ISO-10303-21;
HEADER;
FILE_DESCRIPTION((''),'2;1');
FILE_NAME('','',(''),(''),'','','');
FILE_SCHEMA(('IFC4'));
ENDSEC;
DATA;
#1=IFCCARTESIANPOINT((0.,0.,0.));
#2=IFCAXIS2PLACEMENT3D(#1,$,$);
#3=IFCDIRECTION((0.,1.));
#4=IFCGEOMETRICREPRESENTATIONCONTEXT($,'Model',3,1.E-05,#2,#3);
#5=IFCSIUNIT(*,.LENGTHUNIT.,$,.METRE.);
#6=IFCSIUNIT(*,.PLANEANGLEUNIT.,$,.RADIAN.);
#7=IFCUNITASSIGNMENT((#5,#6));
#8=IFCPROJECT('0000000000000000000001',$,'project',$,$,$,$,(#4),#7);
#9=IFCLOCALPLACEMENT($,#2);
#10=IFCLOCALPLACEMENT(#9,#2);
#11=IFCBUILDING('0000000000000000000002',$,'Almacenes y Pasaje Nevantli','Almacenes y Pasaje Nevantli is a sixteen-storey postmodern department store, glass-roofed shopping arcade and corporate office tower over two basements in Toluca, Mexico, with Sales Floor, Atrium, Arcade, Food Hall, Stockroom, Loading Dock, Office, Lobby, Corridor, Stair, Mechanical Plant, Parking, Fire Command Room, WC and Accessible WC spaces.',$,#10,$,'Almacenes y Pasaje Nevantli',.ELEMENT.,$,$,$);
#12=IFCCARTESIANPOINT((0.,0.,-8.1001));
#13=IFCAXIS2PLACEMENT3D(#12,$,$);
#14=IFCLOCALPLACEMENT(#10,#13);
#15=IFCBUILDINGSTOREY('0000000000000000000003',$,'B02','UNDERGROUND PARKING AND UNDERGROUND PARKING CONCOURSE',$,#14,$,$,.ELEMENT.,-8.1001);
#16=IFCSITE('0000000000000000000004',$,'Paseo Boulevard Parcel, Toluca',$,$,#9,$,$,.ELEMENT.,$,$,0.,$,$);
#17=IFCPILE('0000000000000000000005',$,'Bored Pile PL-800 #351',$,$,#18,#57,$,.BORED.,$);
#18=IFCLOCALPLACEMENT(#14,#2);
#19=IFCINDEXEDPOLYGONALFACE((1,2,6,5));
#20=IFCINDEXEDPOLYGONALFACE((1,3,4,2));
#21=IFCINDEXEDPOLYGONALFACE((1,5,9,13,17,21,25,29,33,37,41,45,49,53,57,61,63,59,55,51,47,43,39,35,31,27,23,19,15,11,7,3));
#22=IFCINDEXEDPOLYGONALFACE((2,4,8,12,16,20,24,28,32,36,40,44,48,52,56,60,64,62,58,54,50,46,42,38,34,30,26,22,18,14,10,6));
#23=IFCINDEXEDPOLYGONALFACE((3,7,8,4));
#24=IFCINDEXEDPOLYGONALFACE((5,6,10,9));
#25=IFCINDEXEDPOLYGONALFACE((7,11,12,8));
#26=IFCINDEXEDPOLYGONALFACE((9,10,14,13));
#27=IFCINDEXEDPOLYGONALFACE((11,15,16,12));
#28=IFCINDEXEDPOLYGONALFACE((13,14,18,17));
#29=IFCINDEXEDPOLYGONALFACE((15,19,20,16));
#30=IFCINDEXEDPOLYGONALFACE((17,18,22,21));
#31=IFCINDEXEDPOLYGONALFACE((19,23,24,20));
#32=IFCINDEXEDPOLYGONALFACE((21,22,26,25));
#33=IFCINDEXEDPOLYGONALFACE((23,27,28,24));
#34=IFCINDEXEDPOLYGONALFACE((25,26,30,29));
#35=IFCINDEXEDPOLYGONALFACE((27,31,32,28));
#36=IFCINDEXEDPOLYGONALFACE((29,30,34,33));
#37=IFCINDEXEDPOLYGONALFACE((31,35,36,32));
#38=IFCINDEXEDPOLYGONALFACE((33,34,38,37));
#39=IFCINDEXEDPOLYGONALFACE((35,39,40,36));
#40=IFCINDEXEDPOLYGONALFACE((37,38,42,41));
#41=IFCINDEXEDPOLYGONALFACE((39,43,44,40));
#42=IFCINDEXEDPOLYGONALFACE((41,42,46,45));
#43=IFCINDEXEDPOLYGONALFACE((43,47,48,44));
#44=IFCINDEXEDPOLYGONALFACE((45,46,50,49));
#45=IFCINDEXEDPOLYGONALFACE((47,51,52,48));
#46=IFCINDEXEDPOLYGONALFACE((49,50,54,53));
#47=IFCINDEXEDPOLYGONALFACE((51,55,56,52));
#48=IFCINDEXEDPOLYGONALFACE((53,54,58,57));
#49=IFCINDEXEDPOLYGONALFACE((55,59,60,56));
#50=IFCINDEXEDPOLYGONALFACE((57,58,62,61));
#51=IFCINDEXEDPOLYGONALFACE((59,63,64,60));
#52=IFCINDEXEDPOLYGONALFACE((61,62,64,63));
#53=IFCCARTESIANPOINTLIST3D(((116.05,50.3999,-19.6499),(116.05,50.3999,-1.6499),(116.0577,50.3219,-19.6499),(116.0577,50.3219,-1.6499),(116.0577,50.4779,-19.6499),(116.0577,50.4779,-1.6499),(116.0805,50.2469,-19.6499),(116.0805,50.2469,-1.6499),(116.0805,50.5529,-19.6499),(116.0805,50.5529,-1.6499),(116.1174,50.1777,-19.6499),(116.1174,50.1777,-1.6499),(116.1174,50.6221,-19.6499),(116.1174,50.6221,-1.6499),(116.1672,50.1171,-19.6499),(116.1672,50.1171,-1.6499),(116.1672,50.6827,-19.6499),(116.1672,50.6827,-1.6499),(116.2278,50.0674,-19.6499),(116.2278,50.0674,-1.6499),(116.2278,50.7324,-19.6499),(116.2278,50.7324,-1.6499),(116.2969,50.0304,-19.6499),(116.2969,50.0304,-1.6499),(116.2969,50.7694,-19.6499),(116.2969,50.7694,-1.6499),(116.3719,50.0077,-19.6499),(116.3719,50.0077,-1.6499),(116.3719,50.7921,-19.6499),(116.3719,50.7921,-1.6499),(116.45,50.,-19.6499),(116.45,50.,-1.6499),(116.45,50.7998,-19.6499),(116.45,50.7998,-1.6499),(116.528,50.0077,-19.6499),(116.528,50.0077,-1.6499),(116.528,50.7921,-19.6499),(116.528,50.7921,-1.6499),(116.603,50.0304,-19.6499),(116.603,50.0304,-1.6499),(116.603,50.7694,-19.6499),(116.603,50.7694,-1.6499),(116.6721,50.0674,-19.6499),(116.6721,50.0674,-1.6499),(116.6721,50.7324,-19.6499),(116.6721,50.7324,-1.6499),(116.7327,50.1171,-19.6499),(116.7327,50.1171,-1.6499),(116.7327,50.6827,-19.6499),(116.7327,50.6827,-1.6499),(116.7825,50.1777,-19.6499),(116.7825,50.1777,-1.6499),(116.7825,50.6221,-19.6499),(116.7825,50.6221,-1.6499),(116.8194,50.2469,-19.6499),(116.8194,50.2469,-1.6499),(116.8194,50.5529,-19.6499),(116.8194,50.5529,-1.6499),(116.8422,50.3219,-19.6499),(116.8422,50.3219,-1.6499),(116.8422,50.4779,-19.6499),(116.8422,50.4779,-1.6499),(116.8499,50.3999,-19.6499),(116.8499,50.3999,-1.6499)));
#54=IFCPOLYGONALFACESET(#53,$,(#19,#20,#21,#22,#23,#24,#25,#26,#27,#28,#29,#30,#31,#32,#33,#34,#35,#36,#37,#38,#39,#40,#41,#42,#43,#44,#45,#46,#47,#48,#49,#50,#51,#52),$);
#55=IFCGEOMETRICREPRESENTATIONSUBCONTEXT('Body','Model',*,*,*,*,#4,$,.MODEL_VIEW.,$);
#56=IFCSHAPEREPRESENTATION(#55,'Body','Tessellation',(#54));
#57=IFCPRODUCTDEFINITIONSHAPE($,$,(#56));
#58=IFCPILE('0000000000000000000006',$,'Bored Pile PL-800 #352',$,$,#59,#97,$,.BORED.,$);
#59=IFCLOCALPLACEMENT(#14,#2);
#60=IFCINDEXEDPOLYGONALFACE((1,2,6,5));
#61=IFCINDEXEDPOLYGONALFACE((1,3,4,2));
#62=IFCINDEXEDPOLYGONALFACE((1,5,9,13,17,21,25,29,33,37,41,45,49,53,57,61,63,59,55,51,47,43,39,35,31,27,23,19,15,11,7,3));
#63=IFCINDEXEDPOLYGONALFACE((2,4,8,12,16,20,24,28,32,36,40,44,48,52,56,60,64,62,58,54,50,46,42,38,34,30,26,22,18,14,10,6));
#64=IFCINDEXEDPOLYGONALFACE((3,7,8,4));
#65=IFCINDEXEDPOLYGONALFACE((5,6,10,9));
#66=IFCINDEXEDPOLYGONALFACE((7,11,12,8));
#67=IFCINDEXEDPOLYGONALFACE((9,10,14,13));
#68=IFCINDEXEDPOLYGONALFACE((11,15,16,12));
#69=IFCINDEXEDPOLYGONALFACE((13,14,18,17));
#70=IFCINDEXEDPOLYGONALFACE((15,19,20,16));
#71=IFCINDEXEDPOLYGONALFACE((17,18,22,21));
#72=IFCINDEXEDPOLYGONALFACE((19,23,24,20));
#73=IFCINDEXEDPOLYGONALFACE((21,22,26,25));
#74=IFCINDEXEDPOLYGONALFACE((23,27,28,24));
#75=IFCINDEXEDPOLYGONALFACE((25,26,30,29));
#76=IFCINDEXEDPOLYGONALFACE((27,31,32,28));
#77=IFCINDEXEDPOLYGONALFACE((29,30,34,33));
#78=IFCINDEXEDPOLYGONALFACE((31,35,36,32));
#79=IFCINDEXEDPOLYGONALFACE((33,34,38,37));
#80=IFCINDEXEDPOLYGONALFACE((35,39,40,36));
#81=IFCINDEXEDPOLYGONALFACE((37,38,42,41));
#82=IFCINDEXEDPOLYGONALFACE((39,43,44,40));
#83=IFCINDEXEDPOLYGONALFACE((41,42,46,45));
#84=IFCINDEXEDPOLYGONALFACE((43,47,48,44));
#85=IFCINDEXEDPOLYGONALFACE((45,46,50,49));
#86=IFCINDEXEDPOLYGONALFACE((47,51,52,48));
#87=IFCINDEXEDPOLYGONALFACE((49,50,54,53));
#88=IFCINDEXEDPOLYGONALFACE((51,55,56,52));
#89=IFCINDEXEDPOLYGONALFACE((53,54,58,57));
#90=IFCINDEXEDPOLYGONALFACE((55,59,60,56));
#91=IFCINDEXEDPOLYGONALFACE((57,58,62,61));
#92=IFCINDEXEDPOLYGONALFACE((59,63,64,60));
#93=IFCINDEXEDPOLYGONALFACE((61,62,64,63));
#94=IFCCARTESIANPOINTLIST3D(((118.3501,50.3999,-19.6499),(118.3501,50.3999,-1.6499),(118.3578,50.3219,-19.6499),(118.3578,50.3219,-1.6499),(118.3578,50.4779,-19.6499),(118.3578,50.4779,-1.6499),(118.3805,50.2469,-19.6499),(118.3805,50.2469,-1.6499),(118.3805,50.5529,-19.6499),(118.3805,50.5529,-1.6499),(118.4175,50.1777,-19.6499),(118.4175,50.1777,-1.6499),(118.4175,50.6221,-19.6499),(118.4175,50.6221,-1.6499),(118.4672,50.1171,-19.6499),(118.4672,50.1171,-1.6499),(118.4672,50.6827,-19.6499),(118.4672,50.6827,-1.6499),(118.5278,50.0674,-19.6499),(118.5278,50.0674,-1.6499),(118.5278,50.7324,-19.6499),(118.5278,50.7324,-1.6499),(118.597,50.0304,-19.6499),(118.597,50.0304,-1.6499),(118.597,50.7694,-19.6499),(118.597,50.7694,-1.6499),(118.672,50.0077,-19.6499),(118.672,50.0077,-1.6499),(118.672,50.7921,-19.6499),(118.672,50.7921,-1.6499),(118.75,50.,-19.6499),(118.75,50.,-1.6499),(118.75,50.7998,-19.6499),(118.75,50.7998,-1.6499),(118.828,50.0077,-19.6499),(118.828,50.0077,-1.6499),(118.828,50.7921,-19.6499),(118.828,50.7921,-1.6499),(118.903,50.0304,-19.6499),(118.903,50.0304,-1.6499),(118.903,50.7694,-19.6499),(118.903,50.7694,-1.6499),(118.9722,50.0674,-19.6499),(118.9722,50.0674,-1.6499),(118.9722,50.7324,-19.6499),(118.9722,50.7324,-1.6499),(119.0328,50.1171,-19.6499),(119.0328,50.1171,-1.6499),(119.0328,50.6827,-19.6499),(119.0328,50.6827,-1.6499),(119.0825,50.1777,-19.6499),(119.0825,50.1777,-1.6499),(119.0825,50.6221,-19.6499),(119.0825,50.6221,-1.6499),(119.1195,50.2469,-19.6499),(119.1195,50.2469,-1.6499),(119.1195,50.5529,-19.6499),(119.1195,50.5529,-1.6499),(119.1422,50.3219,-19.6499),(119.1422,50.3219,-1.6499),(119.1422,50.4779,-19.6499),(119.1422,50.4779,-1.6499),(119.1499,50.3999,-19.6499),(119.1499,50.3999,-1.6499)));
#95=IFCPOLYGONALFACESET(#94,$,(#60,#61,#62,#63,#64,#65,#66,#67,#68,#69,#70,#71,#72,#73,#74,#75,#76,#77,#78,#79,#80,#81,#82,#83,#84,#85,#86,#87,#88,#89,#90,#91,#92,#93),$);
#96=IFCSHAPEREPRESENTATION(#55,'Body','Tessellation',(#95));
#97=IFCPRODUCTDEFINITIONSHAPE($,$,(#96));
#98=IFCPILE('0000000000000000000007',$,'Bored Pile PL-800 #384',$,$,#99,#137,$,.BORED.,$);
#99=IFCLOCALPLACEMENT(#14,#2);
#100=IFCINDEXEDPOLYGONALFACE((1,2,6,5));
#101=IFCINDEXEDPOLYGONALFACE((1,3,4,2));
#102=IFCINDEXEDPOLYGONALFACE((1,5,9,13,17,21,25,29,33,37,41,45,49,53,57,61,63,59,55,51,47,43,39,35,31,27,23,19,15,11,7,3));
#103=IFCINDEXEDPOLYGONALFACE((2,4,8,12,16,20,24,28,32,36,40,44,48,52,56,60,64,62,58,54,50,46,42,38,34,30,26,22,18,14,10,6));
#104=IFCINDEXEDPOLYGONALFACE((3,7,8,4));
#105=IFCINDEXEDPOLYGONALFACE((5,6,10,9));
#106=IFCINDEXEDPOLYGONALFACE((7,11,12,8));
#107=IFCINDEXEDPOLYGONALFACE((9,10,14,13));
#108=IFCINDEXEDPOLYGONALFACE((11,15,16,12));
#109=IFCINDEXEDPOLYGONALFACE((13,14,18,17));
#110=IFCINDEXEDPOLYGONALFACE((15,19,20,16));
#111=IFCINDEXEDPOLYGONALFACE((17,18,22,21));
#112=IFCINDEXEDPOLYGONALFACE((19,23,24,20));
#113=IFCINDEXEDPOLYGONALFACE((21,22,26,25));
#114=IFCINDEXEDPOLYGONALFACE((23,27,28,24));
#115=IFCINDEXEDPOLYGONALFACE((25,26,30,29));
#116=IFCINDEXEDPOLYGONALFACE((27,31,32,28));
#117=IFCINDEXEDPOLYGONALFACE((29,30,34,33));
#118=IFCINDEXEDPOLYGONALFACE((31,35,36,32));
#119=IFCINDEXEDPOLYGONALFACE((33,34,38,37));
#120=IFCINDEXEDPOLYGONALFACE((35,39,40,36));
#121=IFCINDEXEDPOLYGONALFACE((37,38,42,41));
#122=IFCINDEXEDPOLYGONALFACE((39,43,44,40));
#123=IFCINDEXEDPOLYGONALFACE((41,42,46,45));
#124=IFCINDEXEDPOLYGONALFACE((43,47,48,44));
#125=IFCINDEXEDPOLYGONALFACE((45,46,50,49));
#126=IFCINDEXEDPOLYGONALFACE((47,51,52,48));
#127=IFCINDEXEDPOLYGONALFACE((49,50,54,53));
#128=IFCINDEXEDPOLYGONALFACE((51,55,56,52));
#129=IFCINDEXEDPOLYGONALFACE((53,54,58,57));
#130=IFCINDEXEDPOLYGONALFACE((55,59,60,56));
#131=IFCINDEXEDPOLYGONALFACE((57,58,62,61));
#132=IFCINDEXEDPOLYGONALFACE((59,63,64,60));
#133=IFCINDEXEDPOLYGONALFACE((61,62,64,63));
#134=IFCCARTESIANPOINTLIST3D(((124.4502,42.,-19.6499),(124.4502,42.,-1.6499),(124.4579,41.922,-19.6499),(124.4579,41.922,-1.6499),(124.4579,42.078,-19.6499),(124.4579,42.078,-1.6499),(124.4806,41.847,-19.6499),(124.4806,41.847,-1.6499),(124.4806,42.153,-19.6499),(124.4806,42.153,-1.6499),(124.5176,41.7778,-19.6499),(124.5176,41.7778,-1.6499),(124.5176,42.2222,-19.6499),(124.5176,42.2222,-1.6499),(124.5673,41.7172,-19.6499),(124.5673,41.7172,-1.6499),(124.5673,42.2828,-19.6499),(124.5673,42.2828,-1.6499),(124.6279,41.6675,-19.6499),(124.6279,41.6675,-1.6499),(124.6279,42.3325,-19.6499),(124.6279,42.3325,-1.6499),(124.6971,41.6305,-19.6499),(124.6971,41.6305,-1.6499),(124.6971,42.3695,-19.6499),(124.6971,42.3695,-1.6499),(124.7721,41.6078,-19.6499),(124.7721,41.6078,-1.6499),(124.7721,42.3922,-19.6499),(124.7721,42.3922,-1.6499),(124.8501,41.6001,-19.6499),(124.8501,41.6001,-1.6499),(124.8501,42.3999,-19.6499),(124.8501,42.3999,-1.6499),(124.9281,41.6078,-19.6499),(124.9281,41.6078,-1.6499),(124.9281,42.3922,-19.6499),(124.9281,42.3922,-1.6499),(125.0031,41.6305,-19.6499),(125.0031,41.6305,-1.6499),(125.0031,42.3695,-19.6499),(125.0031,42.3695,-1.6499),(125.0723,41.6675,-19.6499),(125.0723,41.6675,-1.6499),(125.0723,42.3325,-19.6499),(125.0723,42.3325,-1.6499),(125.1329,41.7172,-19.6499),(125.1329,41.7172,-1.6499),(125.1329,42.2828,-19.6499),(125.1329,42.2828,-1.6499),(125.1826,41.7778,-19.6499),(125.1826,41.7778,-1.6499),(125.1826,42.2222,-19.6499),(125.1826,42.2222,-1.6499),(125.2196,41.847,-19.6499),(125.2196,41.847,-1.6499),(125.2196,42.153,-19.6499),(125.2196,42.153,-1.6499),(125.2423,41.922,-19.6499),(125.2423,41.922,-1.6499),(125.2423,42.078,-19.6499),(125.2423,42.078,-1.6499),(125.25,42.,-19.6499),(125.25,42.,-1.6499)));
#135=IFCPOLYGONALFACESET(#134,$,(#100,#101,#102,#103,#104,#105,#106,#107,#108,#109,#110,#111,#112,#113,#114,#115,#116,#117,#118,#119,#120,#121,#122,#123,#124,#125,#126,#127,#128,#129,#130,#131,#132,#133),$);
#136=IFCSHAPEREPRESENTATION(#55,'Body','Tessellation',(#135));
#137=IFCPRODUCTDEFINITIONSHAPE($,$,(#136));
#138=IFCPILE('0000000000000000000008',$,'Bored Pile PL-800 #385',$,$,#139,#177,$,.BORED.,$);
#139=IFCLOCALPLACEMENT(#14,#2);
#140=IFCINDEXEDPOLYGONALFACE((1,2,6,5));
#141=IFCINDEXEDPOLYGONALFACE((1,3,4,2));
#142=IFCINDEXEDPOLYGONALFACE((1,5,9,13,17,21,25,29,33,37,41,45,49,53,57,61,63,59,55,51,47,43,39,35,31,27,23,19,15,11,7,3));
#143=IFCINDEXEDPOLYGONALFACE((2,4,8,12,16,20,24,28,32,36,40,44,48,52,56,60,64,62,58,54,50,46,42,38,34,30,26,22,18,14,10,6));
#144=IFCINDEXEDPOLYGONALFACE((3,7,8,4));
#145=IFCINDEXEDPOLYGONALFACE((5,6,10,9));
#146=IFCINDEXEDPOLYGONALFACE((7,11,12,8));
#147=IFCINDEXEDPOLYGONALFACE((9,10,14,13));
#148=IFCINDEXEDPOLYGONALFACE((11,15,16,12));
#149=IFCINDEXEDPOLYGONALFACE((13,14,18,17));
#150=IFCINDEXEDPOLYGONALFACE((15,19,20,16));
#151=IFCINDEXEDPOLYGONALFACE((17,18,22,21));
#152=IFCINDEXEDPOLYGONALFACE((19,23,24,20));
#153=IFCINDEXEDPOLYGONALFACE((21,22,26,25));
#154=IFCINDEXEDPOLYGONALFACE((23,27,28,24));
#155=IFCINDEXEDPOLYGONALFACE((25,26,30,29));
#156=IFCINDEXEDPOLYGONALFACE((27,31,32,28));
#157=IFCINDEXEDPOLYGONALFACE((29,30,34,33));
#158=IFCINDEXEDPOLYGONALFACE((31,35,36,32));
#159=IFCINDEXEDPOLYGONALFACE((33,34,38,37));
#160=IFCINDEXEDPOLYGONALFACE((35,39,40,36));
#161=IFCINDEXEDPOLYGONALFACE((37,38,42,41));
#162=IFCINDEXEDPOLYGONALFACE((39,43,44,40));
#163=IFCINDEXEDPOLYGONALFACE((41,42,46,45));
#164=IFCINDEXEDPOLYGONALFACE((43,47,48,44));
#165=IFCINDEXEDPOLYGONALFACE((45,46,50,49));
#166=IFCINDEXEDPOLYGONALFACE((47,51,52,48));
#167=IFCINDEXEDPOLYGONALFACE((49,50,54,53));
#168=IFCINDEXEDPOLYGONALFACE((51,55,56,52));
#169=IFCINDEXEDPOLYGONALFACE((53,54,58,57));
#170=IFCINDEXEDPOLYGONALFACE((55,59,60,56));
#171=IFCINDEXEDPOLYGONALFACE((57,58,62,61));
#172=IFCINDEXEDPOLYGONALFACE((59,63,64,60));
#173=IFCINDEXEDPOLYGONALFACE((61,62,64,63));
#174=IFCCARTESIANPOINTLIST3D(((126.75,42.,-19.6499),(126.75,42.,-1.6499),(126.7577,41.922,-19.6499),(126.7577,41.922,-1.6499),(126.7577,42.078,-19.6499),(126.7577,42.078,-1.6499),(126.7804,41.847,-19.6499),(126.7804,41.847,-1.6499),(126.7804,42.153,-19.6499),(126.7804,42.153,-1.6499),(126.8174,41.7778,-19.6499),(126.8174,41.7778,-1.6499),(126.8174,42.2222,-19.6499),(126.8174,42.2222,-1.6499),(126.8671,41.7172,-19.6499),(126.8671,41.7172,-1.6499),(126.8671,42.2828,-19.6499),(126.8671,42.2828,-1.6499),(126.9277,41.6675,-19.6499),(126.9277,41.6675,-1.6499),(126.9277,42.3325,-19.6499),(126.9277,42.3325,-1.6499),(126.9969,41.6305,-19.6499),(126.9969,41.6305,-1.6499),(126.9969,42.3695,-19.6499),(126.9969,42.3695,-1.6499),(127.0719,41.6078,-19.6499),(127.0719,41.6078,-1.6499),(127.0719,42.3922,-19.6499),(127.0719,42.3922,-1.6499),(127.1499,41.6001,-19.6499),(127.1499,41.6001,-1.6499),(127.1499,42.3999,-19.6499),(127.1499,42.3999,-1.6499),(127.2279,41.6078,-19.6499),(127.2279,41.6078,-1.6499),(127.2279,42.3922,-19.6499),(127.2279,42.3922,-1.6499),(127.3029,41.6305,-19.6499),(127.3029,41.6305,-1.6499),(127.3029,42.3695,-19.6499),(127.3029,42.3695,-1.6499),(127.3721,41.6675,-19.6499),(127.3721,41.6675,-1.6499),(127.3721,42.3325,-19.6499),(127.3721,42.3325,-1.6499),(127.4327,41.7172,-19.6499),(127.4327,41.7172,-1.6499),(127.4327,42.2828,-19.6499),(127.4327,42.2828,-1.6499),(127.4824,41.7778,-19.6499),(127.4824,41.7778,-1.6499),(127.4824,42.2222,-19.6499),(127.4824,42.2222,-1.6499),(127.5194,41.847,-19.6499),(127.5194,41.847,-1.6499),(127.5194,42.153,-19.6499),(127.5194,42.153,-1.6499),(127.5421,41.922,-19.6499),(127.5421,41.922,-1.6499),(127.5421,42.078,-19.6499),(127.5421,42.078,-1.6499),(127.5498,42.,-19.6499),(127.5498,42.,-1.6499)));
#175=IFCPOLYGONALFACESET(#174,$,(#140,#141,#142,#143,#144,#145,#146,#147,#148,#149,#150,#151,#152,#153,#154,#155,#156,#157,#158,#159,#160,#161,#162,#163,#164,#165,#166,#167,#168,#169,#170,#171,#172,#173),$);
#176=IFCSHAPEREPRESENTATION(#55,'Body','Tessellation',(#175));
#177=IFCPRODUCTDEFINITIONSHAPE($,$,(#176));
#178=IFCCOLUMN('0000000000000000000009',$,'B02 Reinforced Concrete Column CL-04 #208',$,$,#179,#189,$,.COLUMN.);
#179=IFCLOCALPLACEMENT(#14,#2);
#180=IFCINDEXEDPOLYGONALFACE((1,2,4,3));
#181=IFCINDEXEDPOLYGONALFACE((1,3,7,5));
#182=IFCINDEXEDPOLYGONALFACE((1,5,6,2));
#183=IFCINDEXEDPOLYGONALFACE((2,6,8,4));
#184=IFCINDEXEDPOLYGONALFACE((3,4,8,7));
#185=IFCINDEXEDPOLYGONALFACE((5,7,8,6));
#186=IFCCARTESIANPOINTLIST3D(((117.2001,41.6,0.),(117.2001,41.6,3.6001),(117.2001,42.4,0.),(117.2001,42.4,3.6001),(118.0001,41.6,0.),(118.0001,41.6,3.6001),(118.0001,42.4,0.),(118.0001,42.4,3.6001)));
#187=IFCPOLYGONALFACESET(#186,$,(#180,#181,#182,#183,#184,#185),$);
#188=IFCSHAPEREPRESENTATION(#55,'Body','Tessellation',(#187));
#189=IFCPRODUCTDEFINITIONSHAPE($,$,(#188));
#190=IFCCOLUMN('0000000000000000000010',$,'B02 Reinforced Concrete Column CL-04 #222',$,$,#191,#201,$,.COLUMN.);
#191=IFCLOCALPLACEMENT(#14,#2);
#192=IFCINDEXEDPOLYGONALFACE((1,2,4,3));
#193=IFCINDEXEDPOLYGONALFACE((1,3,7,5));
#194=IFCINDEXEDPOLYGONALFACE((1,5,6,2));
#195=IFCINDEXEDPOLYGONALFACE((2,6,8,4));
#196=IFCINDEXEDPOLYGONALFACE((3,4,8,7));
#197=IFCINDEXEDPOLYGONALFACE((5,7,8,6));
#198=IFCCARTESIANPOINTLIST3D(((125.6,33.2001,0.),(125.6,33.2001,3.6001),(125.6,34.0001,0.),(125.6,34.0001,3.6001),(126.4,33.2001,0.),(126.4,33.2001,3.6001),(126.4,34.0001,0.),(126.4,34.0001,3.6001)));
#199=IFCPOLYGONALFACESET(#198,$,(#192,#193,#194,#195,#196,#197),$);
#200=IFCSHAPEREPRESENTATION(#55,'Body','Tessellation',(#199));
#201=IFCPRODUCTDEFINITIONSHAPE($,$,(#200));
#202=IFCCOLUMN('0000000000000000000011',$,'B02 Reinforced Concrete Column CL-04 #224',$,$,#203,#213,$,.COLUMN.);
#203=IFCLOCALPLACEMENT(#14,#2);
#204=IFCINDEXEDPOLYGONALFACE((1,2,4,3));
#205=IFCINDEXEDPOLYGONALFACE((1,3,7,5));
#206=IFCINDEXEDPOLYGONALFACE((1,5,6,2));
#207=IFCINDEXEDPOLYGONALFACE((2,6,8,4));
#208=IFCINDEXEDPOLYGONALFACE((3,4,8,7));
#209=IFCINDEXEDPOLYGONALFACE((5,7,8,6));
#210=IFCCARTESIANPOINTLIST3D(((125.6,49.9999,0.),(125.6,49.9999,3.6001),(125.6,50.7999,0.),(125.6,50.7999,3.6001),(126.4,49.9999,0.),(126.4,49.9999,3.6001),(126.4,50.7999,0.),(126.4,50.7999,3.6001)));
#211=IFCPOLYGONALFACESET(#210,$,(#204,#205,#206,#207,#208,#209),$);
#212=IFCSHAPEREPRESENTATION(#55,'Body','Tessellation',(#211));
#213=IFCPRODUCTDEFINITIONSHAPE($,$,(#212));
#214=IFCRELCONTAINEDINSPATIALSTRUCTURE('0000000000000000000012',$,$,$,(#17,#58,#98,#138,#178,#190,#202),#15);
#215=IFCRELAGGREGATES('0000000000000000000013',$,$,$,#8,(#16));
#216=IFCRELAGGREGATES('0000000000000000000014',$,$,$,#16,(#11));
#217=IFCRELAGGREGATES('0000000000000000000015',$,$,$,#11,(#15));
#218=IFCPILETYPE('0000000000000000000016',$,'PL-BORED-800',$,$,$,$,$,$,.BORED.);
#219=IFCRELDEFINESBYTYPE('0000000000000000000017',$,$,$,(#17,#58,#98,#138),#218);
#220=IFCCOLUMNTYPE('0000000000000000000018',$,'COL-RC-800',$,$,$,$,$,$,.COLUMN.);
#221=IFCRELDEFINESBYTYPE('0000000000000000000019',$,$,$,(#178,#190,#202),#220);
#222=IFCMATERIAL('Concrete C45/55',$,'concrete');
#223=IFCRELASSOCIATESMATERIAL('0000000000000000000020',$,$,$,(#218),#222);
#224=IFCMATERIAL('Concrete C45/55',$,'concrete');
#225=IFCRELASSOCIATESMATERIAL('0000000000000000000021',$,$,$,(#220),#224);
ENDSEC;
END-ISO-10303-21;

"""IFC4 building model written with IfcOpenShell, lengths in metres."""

from ifc_helpers import new_model, si_unit, direction, frame, origin, origin_2d, place, context, subcontext, project, spatial, rectangle, circle, extrude, material, material_profile, profile_set, type_object, element, save


model = new_model("IFC4")

# Units and contexts
model_context = context("Model", 3, precision=1e-05, world=origin(), true_north=direction((0.0, 1.0)))
body_context = subcontext(model_context, "Body", "Model", "MODEL_VIEW")
ifc_project = project(units=[si_unit("LENGTHUNIT", "METRE"), si_unit("PLANEANGLEUNIT", "RADIAN")], contexts=[model_context])

# Site, building, storey
site_placement = place(None, origin())
site = spatial("IfcSite", under=ifc_project, at=site_placement, Name="Paseo Boulevard Parcel, Toluca", CompositionType="ELEMENT", RefElevation=0.0)
building_placement = place(site_placement, origin())
building = spatial("IfcBuilding", under=site, at=building_placement, Name="Almacenes y Pasaje Nevantli", Description="Almacenes y Pasaje Nevantli is a sixteen-storey postmodern department store, glass-roofed shopping arcade and corporate office tower over two basements in Toluca, Mexico, with Sales Floor, Atrium, Arcade, Food Hall, Stockroom, Loading Dock, Office, Lobby, Corridor, Stair, Mechanical Plant, Parking, Fire Command Room, WC and Accessible WC spaces.", LongName="Almacenes y Pasaje Nevantli", CompositionType="ELEMENT")
storey_placement = place(building_placement, frame((0.0, 0.0, -8.1001)))
storey = spatial("IfcBuildingStorey", under=building, at=storey_placement, Name="B02", Description="UNDERGROUND PARKING AND UNDERGROUND PARKING CONCOURSE", CompositionType="ELEMENT", Elevation=-8.1001)

# Piles
ifc_material_1 = material(Name="Concrete C45/55", Category="concrete")
ifc_material_profile_1 = material_profile(ifc_material_1, circle(Radius=0.3999, at=origin_2d()), Name="RC-PILE-D800")
ifc_profile_set_1 = profile_set([ifc_material_profile_1], Name="Concrete C45/55")
pile_type_1 = type_object("IfcPileType", Name="PL-BORED-800", PredefinedType="BORED", material=ifc_profile_set_1)
for number, where, z_axis, x_axis, name in (
    (1, (116.45, 50.3999, -1.6499), (0.0, 0.0, -1.0), (1.0, 0.0, 0.0), "Bored Pile PL-800 #351"),
    (2, (118.75, 50.3999, -1.6499), (0.0, 0.0, -1.0), (1.0, 0.0, 0.0), "Bored Pile PL-800 #352"),
    (3, (124.8501, 42.0, -1.6499), (0.0, 0.0, -1.0), (1.0, 0.0, 0.0), "Bored Pile PL-800 #384"),
    (4, (127.1499, 42.0, -1.6499), (0.0, 0.0, -1.0), (1.0, 0.0, 0.0), "Bored Pile PL-800 #385"),
):
    element("IfcPile", number, at=place(storey_placement, frame(where, z_axis=z_axis, x_axis=x_axis)), inside=storey, type_object=pile_type_1, Name=name, PredefinedType="BORED", context=body_context, shape_type="SweptSolid", body=[
        extrude(circle(Radius=0.3999, at=origin_2d()), origin(), (0.0, 0.0, 1.0), 18.0),
    ])

# Columns
ifc_material_2 = material(Name="Concrete C45/55", Category="concrete")
ifc_material_profile_2 = material_profile(ifc_material_2, rectangle(XDim=0.8, YDim=0.8, at=origin_2d()), Name="RC-COL-800x800")
ifc_profile_set_2 = profile_set([ifc_material_profile_2], Name="Concrete C45/55")
column_type_1 = type_object("IfcColumnType", Name="COL-RC-800", PredefinedType="COLUMN", material=ifc_profile_set_2)
for number, where, z_axis, x_axis, name in (
    (5, (117.6001, 42.0, 0.0), (0.0, 0.0, 1.0), (1.0, 0.0, 0.0), "B02 Reinforced Concrete Column CL-04 #208"),
    (6, (126.0, 33.6001, 0.0), (0.0, 0.0, 1.0), (1.0, 0.0, 0.0), "B02 Reinforced Concrete Column CL-04 #222"),
    (7, (126.0, 50.3999, 0.0), (0.0, 0.0, 1.0), (1.0, 0.0, 0.0), "B02 Reinforced Concrete Column CL-04 #224"),
):
    element("IfcColumn", number, at=place(storey_placement, frame(where, z_axis=z_axis, x_axis=x_axis)), inside=storey, type_object=column_type_1, Name=name, PredefinedType="COLUMN", context=body_context, shape_type="SweptSolid", body=[
        extrude(rectangle(XDim=0.8, YDim=0.8, at=origin_2d()), origin(), (0.0, 0.0, 1.0), 3.6001),
    ])

save(model, "model.ifc")
